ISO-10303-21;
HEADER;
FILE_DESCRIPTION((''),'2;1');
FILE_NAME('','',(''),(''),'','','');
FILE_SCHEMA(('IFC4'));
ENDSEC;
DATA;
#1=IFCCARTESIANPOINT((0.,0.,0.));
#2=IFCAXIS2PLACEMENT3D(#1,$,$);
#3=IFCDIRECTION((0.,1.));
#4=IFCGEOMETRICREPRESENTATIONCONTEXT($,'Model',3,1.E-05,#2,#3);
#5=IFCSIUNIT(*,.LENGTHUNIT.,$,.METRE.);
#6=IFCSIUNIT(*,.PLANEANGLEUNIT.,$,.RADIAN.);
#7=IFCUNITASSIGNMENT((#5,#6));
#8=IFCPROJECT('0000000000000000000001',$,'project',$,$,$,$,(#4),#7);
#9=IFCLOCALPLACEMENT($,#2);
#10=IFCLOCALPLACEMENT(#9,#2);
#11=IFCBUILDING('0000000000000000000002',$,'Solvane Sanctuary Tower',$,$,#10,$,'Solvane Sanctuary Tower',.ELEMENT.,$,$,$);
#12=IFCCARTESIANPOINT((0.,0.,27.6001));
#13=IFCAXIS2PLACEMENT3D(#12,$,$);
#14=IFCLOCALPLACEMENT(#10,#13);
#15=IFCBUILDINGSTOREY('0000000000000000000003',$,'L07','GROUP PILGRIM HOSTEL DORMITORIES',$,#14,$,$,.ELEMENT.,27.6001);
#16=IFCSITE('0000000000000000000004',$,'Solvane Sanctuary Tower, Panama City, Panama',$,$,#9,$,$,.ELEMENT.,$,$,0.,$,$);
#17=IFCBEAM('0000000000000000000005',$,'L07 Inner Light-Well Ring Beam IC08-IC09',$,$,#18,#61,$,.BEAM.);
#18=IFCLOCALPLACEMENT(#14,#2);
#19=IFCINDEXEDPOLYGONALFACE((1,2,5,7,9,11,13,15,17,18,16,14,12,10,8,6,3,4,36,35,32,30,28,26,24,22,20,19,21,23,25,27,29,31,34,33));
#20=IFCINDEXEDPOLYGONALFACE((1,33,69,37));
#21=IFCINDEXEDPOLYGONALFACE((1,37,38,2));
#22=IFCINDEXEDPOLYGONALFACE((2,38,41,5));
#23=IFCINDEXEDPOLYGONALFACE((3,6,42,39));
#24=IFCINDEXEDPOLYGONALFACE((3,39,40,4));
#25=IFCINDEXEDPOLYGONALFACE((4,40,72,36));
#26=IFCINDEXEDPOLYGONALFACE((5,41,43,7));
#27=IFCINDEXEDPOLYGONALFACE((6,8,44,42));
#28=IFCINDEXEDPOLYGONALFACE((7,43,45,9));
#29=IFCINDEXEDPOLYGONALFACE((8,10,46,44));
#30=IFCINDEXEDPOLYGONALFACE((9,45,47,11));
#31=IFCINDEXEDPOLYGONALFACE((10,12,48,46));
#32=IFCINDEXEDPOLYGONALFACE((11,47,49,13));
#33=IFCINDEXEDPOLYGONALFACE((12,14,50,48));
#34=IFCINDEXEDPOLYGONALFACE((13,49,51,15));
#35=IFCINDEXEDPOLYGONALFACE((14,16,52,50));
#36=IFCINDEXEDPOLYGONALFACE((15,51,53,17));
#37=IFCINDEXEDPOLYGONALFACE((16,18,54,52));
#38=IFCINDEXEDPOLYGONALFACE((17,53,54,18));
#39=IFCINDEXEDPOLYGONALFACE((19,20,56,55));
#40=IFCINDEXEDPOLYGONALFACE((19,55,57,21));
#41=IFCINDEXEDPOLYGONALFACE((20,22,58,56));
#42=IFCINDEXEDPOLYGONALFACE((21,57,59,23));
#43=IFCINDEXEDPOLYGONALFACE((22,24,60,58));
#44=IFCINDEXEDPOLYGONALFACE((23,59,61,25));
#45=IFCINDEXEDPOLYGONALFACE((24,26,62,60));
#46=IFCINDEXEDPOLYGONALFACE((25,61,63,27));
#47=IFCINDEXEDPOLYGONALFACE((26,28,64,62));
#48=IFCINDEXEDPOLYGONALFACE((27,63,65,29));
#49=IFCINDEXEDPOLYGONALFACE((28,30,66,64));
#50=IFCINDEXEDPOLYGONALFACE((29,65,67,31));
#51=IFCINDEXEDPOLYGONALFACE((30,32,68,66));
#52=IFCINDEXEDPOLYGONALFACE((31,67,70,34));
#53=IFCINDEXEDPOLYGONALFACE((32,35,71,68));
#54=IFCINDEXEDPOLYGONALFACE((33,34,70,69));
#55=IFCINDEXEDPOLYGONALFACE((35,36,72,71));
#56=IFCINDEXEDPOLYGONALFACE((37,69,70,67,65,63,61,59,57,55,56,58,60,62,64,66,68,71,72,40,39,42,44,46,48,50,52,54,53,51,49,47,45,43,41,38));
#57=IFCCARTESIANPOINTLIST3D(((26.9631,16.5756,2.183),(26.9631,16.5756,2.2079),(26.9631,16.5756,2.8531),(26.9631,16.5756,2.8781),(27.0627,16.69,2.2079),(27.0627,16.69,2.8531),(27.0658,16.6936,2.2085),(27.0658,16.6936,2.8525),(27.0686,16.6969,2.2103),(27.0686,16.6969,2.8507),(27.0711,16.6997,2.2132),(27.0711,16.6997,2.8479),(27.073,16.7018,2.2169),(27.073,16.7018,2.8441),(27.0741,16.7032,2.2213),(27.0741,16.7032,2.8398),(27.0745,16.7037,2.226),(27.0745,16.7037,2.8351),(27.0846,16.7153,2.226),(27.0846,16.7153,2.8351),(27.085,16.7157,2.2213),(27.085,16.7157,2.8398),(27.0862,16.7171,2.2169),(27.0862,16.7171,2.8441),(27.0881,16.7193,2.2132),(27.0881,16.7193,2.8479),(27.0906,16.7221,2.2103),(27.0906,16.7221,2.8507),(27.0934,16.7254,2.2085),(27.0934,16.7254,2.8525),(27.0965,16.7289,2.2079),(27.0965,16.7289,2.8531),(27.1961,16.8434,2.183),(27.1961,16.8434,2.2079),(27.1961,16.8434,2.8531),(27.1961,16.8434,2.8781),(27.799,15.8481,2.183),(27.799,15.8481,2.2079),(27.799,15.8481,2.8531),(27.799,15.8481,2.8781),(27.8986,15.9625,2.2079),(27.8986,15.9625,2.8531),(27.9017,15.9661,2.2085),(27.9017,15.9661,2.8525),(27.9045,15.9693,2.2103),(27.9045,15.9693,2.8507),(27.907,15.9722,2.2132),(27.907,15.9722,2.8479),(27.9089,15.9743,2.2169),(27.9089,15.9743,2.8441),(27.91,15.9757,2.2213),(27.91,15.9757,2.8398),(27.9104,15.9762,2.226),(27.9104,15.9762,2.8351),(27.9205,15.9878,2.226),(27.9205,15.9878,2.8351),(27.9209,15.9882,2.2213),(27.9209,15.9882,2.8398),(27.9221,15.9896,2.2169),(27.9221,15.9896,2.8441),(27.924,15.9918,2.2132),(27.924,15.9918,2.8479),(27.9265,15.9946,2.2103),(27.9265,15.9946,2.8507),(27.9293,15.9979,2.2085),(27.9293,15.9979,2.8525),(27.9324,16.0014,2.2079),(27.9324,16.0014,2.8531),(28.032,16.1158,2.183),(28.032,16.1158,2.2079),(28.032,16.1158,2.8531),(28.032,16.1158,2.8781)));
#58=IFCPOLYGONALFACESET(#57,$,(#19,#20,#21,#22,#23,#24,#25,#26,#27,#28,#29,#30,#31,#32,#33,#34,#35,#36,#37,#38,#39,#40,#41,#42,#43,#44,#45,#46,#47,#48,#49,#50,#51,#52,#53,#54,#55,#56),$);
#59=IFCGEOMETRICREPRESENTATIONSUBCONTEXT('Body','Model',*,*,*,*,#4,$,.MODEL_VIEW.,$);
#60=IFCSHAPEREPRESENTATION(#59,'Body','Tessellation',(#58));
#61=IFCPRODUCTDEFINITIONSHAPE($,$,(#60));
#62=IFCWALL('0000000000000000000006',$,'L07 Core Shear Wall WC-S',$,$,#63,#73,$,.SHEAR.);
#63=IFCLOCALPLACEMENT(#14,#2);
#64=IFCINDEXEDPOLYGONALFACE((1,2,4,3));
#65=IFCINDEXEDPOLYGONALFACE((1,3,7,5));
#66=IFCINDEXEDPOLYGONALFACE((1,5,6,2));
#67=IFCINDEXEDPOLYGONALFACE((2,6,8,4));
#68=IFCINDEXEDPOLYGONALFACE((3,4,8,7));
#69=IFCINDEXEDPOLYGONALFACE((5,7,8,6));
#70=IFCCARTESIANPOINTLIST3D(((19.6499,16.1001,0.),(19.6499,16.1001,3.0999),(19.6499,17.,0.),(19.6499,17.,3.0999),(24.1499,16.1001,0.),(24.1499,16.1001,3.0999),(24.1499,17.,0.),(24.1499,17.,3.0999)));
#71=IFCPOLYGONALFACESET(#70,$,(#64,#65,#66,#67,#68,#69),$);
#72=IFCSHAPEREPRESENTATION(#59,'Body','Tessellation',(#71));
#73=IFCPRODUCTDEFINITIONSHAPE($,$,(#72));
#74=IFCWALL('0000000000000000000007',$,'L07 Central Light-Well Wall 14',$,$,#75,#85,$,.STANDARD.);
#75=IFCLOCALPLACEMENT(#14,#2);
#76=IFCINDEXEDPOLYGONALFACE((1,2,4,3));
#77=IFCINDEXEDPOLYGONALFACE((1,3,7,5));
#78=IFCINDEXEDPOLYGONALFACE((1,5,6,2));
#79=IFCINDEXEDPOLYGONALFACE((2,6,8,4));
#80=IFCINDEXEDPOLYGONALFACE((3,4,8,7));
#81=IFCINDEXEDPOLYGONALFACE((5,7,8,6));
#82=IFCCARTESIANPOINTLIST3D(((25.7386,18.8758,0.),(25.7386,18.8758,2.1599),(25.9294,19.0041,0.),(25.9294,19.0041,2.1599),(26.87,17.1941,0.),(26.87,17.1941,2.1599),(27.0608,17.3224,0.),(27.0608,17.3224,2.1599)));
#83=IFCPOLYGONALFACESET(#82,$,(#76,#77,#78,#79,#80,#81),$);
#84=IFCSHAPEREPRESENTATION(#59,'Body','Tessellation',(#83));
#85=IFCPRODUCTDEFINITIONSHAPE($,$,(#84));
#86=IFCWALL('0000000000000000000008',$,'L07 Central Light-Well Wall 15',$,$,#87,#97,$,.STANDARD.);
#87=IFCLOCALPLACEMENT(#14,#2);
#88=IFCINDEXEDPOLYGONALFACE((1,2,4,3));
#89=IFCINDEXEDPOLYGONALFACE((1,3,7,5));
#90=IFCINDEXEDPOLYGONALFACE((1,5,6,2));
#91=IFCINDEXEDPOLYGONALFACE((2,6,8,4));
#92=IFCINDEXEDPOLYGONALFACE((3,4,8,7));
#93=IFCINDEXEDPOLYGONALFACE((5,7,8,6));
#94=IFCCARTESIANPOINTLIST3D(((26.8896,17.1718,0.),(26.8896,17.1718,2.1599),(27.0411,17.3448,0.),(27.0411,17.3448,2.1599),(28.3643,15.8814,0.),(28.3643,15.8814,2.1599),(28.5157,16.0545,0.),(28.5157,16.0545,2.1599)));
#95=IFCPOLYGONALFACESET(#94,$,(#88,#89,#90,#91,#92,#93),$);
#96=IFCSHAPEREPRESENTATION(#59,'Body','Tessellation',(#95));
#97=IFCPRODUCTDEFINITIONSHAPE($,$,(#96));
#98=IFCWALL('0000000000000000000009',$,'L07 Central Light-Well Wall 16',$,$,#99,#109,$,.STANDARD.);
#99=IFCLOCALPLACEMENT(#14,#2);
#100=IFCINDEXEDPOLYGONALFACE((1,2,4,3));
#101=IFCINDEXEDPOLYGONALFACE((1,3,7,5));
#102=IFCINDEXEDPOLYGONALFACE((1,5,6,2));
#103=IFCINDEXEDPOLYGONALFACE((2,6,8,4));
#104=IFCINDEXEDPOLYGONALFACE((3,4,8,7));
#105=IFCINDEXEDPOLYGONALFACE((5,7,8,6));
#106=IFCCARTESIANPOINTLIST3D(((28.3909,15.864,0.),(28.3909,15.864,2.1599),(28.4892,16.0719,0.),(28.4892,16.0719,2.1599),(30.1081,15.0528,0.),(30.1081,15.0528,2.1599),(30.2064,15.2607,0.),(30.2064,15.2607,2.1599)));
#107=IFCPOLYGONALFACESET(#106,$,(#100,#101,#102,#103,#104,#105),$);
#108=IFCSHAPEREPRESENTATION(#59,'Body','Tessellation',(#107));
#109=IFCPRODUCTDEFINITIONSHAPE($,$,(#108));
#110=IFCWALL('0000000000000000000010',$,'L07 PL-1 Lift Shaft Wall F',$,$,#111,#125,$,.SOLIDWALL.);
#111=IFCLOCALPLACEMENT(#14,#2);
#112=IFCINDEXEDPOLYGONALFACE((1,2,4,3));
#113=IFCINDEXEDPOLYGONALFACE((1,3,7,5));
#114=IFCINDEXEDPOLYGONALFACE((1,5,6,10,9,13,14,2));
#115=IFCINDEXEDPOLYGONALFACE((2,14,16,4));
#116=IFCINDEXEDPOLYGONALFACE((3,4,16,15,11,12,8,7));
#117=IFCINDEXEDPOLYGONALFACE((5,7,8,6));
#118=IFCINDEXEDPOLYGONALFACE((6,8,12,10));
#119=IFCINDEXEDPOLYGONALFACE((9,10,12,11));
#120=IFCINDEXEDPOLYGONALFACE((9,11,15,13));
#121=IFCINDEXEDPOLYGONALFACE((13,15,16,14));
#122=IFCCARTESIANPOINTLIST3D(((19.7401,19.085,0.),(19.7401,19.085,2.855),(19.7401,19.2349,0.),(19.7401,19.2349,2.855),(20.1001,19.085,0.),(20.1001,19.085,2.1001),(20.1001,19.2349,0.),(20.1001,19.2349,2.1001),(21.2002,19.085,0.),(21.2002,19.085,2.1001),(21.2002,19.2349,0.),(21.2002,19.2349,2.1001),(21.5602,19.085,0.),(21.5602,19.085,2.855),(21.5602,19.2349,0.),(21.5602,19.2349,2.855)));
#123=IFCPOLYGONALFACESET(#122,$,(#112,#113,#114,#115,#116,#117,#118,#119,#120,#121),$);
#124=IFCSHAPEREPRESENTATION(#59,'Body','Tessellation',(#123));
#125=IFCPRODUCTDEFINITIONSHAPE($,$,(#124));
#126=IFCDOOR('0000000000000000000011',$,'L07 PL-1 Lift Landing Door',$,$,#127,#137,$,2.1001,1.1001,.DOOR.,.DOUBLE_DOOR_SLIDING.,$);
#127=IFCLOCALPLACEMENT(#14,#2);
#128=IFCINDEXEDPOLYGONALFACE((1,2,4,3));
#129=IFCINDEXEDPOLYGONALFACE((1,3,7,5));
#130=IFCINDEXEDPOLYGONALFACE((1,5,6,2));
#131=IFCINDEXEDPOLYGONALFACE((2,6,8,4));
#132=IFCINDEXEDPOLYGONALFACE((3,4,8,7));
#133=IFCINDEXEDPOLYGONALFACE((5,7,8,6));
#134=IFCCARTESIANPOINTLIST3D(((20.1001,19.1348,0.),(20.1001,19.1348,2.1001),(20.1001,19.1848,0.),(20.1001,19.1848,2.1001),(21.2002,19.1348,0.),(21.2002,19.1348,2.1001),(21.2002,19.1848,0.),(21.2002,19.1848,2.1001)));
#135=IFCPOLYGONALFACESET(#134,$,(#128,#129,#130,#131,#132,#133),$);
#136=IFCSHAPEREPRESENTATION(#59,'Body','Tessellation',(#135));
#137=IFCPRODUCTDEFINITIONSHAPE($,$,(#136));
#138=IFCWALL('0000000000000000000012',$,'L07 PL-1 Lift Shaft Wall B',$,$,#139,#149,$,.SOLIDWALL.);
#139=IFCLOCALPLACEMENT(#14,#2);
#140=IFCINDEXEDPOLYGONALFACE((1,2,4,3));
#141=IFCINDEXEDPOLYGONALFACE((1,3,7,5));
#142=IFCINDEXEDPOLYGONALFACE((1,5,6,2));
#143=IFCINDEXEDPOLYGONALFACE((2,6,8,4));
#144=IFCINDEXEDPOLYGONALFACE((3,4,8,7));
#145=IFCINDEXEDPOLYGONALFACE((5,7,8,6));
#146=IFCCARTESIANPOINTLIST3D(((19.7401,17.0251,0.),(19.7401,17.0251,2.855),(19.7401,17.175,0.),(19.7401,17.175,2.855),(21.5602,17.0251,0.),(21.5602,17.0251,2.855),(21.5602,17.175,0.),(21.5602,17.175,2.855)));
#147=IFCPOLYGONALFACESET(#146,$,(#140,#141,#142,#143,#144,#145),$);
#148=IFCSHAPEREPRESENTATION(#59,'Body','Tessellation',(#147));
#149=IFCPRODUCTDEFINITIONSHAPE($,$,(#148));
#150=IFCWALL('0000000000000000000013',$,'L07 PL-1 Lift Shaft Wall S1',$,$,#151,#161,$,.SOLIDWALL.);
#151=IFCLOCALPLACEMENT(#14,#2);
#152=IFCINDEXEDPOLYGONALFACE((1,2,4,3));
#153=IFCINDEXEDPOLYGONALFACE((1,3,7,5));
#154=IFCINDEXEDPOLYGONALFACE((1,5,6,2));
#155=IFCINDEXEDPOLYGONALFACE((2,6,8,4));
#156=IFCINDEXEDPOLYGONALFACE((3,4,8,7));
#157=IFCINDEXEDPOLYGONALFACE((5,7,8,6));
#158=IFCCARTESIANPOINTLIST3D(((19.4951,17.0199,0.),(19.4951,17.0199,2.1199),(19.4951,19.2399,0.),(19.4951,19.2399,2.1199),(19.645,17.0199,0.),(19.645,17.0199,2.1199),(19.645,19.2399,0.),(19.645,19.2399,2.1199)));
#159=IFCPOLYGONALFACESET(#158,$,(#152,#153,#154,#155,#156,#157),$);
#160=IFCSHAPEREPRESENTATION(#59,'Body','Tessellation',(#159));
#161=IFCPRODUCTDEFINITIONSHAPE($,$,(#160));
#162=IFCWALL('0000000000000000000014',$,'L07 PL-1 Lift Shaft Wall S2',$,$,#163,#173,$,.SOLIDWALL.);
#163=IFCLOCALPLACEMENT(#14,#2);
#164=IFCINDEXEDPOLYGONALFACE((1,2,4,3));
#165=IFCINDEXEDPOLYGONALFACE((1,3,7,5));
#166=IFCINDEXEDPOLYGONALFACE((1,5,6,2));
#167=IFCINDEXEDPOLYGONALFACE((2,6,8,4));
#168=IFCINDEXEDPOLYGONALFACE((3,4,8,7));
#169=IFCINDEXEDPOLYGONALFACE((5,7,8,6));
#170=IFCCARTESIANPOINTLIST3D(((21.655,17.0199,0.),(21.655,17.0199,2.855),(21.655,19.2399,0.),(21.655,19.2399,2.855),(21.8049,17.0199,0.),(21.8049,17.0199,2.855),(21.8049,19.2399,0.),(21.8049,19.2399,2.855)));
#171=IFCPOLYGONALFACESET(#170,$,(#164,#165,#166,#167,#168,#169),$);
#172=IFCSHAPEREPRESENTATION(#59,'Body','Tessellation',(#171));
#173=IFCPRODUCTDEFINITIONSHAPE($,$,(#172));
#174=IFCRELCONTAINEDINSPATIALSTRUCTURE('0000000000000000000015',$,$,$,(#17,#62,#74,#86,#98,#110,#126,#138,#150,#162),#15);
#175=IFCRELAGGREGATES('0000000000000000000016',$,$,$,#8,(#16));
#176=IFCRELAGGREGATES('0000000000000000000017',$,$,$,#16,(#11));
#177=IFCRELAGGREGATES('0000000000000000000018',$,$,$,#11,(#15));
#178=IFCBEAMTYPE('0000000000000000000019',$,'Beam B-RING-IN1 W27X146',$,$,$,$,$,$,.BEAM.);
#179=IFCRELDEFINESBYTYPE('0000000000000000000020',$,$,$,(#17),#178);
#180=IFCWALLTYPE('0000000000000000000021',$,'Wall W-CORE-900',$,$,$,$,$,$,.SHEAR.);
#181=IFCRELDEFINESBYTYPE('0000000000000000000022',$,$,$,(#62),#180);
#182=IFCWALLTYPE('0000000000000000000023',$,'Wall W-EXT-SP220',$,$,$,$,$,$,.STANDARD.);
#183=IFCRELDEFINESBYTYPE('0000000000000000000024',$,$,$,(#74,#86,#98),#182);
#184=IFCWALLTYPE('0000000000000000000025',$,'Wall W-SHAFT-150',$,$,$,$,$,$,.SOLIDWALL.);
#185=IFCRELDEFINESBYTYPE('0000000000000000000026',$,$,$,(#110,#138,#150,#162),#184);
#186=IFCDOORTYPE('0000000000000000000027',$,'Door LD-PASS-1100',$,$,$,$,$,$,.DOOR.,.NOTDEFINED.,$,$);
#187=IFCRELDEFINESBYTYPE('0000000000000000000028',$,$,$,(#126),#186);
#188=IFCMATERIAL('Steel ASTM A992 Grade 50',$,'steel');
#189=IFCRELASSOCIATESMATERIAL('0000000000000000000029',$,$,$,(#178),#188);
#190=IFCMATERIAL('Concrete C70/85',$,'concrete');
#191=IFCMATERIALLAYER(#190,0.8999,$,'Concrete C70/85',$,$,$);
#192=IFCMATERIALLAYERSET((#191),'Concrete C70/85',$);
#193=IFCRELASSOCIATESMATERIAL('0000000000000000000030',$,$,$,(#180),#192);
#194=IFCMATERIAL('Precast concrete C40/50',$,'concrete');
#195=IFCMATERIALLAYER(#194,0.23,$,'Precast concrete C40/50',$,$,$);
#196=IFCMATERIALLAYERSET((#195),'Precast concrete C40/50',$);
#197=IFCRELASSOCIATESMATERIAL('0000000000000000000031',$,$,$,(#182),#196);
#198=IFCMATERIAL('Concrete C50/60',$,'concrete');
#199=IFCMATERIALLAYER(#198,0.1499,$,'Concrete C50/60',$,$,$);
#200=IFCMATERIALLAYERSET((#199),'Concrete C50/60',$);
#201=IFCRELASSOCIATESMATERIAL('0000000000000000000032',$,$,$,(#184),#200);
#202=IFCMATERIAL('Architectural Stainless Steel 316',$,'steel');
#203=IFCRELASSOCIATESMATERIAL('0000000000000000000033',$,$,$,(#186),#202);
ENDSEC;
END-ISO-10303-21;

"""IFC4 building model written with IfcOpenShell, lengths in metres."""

from ifc_helpers import new_model, si_unit, direction, frame, frame_2d, origin, origin_2d, place, context, subcontext, project, spatial, rectangle, i_section, extrude, material, layer, layer_set, material_profile, profile_set, type_object, element, fill, save


model = new_model("IFC4")

# Units and contexts
model_context = context("Model", 3, precision=1e-05, world=origin(), true_north=direction((0.0, 1.0)))
body_context = subcontext(model_context, "Body", "Model", "MODEL_VIEW")
ifc_project = project(units=[si_unit("LENGTHUNIT", "METRE"), si_unit("PLANEANGLEUNIT", "RADIAN")], contexts=[model_context])

# Site, building, storey
site_placement = place(None, origin())
site = spatial("IfcSite", under=ifc_project, at=site_placement, Name="Solvane Sanctuary Tower, Panama City, Panama", CompositionType="ELEMENT", RefElevation=0.0)
building_placement = place(site_placement, origin())
building = spatial("IfcBuilding", under=site, at=building_placement, Name="Solvane Sanctuary Tower", LongName="Solvane Sanctuary Tower", CompositionType="ELEMENT")
storey_placement = place(building_placement, frame((0.0, 0.0, 27.6001)))
storey = spatial("IfcBuildingStorey", under=building, at=storey_placement, Name="L07", Description="GROUP PILGRIM HOSTEL DORMITORIES", CompositionType="ELEMENT", Elevation=27.6001)

# Shared definitions
ifc_material_1 = material(Name="Concrete C70/85", Category="concrete")

# Beam
ifc_material_2 = material(Name="Steel ASTM A992 Grade 50", Category="steel")
ifc_material_profile_1 = material_profile(ifc_material_2, i_section(OverallWidth=0.355, OverallDepth=0.6951, WebThickness=0.0154, FlangeThickness=0.0249, FilletRadius=0.0181, at=origin_2d()), Name="W27X146")
ifc_profile_set_1 = profile_set([ifc_material_profile_1], Name="Steel ASTM A992 Grade 50")
beam_type_1 = type_object("IfcBeamType", Name="Beam B-RING-IN1 W27X146", PredefinedType="BEAM", material=ifc_profile_set_1)
beam_1_placement = place(storey_placement, frame((27.0796, 16.7095, 2.5305), z_axis=(0.754321, -0.656506, 0.0), x_axis=(0.656506, 0.754321, 0.0)))
element("IfcBeam", 1, at=beam_1_placement, inside=storey, type_object=beam_type_1, Name="L07 Inner Light-Well Ring Beam IC08-IC09", PredefinedType="BEAM", context=body_context, shape_type="SweptSolid", body=[
    extrude(i_section(OverallWidth=0.355, OverallDepth=0.6951, WebThickness=0.0154, FlangeThickness=0.0249, FilletRadius=0.0181, at=origin_2d()), origin(), (0.0, 0.0, 1.0), 1.1082),
])

# Walls
ifc_layer_1 = layer(ifc_material_1, 0.8999, Name="Concrete C70/85")
ifc_layer_set_1 = layer_set([ifc_layer_1], Name="Concrete C70/85")
wall_type_1 = type_object("IfcWallType", Name="Wall W-CORE-900", PredefinedType="SHEAR", material=ifc_layer_set_1)
wall_1_placement = place(storey_placement, frame((19.6499, 16.55, 0.0), z_axis=(0.0, 0.0, 1.0), x_axis=(1.0, 0.0, 0.0)))
element("IfcWall", 2, at=wall_1_placement, inside=storey, type_object=wall_type_1, Name="L07 Core Shear Wall WC-S", PredefinedType="SHEAR", context=body_context, shape_type="SweptSolid", body=[
    extrude(rectangle(XDim=4.5, YDim=0.8999, at=frame_2d((2.25, 0.0))), origin(), (0.0, 0.0, 1.0), 3.0999),
])
ifc_material_3 = material(Name="Precast concrete C40/50", Category="concrete")
ifc_layer_2 = layer(ifc_material_3, 0.23, Name="Precast concrete C40/50")
ifc_layer_set_2 = layer_set([ifc_layer_2], Name="Precast concrete C40/50")
wall_type_2 = type_object("IfcWallType", Name="Wall W-EXT-SP220", PredefinedType="STANDARD", material=ifc_layer_set_2)
wall_2_placement = place(storey_placement, frame((25.834, 18.9399, 0.0), z_axis=(0.0, 0.0, 1.0), x_axis=(0.558198, -0.829708, 0.0)))
element("IfcWall", 3, at=wall_2_placement, inside=storey, type_object=wall_type_2, Name="L07 Central Light-Well Wall 14", PredefinedType="STANDARD", context=body_context, shape_type="SweptSolid", body=[
    extrude(rectangle(XDim=2.0269, YDim=0.23, at=frame_2d((1.0134, 0.0))), origin(), (0.0, 0.0, 1.0), 2.1599),
])
wall_3_placement = place(storey_placement, frame((26.9653, 17.2583, 0.0), z_axis=(0.0, 0.0, 1.0), x_axis=(0.752577, -0.658505, 0.0)))
element("IfcWall", 4, at=wall_3_placement, inside=storey, type_object=wall_type_2, Name="L07 Central Light-Well Wall 15", PredefinedType="STANDARD", context=body_context, shape_type="SweptSolid", body=[
    extrude(rectangle(XDim=1.9595, YDim=0.23, at=frame_2d((0.9797, 0.0))), origin(), (0.0, 0.0, 1.0), 2.1599),
])
wall_4_placement = place(storey_placement, frame((28.4399, 15.968, 0.0), z_axis=(0.0, 0.0, 1.0), x_axis=(0.90418, -0.427152, 0.0)))
element("IfcWall", 5, at=wall_4_placement, inside=storey, type_object=wall_type_2, Name="L07 Central Light-Well Wall 16", PredefinedType="STANDARD", context=body_context, shape_type="SweptSolid", body=[
    extrude(rectangle(XDim=1.8992, YDim=0.23, at=frame_2d((0.9497, 0.0))), origin(), (0.0, 0.0, 1.0), 2.1599),
])

# Wall, opening, door
ifc_material_4 = material(Name="Concrete C50/60", Category="concrete")
ifc_layer_3 = layer(ifc_material_4, 0.1499, Name="Concrete C50/60")
ifc_layer_set_3 = layer_set([ifc_layer_3], Name="Concrete C50/60")
wall_type_3 = type_object("IfcWallType", Name="Wall W-SHAFT-150", PredefinedType="SOLIDWALL", material=ifc_layer_set_3)
wall_5_placement = place(storey_placement, frame((19.74, 19.1599, 0.0), z_axis=(0.0, 0.0, 1.0), x_axis=(1.0, 0.0, 0.0)))
wall_5 = element("IfcWall", 6, at=wall_5_placement, inside=storey, type_object=wall_type_3, Name="L07 PL-1 Lift Shaft Wall F", PredefinedType="SOLIDWALL", context=body_context, shape_type="SweptSolid", body=[
    extrude(rectangle(XDim=1.8201, YDim=0.1499, at=frame_2d((0.9102, 0.0))), origin(), (0.0, 0.0, 1.0), 2.855),
])
opening_1_placement = place(wall_5_placement, frame((0.3601, 0.0, 0.0)))
opening_1 = element("IfcOpeningElement", 7, at=opening_1_placement, cuts=wall_5, PredefinedType="OPENING", context=body_context, shape_type="SweptSolid", body=[
    extrude(rectangle(XDim=1.1001, YDim=2.1001, at=frame_2d((0.55, 1.05))), frame((0.0, 0.085, 0.0), z_axis=(0.0, -1.0, 0.0), x_axis=(1.0, 0.0, 0.0)), (0.0, 0.0, 1.0), 0.1699),
])
ifc_material_5 = material(Name="Architectural Stainless Steel 316", Category="steel")
door_type = type_object("IfcDoorType", Name="Door LD-PASS-1100", OperationType="NOTDEFINED", PredefinedType="DOOR", material=ifc_material_5)
door_1_placement = place(opening_1_placement, origin())
door_1 = element("IfcDoor", 8, at=door_1_placement, inside=storey, type_object=door_type, Name="L07 PL-1 Lift Landing Door", OperationType="DOUBLE_DOOR_SLIDING", OverallHeight=2.1001, OverallWidth=1.1001, PredefinedType="DOOR", context=body_context, shape_type="SweptSolid", body=[
    extrude(rectangle(XDim=1.1001, YDim=2.1001, at=frame_2d((0.55, 1.05))), frame((0.0, 0.0249, 0.0), z_axis=(0.0, -1.0, 0.0), x_axis=(1.0, 0.0, 0.0)), (0.0, 0.0, 1.0), 0.05),
])
fill(opening_1, door_1)

# Walls
wall_6_placement = place(storey_placement, frame((19.74, 17.1001, 0.0), z_axis=(0.0, 0.0, 1.0), x_axis=(1.0, 0.0, 0.0)))
element("IfcWall", 9, at=wall_6_placement, inside=storey, type_object=wall_type_3, Name="L07 PL-1 Lift Shaft Wall B", PredefinedType="SOLIDWALL", context=body_context, shape_type="SweptSolid", body=[
    extrude(rectangle(XDim=1.8201, YDim=0.1499, at=frame_2d((0.9102, 0.0))), origin(), (0.0, 0.0, 1.0), 2.855),
])
wall_7_placement = place(storey_placement, frame((19.5701, 17.02, 0.0), z_axis=(0.0, 0.0, 1.0), x_axis=(0.0, 1.0, 0.0)))
element("IfcWall", 10, at=wall_7_placement, inside=storey, type_object=wall_type_3, Name="L07 PL-1 Lift Shaft Wall S1", PredefinedType="SOLIDWALL", context=body_context, shape_type="SweptSolid", body=[
    extrude(rectangle(XDim=2.22, YDim=0.1499, at=frame_2d((1.1099, 0.0))), origin(), (0.0, 0.0, 1.0), 2.1199),
])
wall_8_placement = place(storey_placement, frame((21.73, 17.02, 0.0), z_axis=(0.0, 0.0, 1.0), x_axis=(0.0, 1.0, 0.0)))
element("IfcWall", 11, at=wall_8_placement, inside=storey, type_object=wall_type_3, Name="L07 PL-1 Lift Shaft Wall S2", PredefinedType="SOLIDWALL", context=body_context, shape_type="SweptSolid", body=[
    extrude(rectangle(XDim=2.22, YDim=0.1499, at=frame_2d((1.1099, 0.0))), origin(), (0.0, 0.0, 1.0), 2.855),
])

save(model, "model.ifc")
